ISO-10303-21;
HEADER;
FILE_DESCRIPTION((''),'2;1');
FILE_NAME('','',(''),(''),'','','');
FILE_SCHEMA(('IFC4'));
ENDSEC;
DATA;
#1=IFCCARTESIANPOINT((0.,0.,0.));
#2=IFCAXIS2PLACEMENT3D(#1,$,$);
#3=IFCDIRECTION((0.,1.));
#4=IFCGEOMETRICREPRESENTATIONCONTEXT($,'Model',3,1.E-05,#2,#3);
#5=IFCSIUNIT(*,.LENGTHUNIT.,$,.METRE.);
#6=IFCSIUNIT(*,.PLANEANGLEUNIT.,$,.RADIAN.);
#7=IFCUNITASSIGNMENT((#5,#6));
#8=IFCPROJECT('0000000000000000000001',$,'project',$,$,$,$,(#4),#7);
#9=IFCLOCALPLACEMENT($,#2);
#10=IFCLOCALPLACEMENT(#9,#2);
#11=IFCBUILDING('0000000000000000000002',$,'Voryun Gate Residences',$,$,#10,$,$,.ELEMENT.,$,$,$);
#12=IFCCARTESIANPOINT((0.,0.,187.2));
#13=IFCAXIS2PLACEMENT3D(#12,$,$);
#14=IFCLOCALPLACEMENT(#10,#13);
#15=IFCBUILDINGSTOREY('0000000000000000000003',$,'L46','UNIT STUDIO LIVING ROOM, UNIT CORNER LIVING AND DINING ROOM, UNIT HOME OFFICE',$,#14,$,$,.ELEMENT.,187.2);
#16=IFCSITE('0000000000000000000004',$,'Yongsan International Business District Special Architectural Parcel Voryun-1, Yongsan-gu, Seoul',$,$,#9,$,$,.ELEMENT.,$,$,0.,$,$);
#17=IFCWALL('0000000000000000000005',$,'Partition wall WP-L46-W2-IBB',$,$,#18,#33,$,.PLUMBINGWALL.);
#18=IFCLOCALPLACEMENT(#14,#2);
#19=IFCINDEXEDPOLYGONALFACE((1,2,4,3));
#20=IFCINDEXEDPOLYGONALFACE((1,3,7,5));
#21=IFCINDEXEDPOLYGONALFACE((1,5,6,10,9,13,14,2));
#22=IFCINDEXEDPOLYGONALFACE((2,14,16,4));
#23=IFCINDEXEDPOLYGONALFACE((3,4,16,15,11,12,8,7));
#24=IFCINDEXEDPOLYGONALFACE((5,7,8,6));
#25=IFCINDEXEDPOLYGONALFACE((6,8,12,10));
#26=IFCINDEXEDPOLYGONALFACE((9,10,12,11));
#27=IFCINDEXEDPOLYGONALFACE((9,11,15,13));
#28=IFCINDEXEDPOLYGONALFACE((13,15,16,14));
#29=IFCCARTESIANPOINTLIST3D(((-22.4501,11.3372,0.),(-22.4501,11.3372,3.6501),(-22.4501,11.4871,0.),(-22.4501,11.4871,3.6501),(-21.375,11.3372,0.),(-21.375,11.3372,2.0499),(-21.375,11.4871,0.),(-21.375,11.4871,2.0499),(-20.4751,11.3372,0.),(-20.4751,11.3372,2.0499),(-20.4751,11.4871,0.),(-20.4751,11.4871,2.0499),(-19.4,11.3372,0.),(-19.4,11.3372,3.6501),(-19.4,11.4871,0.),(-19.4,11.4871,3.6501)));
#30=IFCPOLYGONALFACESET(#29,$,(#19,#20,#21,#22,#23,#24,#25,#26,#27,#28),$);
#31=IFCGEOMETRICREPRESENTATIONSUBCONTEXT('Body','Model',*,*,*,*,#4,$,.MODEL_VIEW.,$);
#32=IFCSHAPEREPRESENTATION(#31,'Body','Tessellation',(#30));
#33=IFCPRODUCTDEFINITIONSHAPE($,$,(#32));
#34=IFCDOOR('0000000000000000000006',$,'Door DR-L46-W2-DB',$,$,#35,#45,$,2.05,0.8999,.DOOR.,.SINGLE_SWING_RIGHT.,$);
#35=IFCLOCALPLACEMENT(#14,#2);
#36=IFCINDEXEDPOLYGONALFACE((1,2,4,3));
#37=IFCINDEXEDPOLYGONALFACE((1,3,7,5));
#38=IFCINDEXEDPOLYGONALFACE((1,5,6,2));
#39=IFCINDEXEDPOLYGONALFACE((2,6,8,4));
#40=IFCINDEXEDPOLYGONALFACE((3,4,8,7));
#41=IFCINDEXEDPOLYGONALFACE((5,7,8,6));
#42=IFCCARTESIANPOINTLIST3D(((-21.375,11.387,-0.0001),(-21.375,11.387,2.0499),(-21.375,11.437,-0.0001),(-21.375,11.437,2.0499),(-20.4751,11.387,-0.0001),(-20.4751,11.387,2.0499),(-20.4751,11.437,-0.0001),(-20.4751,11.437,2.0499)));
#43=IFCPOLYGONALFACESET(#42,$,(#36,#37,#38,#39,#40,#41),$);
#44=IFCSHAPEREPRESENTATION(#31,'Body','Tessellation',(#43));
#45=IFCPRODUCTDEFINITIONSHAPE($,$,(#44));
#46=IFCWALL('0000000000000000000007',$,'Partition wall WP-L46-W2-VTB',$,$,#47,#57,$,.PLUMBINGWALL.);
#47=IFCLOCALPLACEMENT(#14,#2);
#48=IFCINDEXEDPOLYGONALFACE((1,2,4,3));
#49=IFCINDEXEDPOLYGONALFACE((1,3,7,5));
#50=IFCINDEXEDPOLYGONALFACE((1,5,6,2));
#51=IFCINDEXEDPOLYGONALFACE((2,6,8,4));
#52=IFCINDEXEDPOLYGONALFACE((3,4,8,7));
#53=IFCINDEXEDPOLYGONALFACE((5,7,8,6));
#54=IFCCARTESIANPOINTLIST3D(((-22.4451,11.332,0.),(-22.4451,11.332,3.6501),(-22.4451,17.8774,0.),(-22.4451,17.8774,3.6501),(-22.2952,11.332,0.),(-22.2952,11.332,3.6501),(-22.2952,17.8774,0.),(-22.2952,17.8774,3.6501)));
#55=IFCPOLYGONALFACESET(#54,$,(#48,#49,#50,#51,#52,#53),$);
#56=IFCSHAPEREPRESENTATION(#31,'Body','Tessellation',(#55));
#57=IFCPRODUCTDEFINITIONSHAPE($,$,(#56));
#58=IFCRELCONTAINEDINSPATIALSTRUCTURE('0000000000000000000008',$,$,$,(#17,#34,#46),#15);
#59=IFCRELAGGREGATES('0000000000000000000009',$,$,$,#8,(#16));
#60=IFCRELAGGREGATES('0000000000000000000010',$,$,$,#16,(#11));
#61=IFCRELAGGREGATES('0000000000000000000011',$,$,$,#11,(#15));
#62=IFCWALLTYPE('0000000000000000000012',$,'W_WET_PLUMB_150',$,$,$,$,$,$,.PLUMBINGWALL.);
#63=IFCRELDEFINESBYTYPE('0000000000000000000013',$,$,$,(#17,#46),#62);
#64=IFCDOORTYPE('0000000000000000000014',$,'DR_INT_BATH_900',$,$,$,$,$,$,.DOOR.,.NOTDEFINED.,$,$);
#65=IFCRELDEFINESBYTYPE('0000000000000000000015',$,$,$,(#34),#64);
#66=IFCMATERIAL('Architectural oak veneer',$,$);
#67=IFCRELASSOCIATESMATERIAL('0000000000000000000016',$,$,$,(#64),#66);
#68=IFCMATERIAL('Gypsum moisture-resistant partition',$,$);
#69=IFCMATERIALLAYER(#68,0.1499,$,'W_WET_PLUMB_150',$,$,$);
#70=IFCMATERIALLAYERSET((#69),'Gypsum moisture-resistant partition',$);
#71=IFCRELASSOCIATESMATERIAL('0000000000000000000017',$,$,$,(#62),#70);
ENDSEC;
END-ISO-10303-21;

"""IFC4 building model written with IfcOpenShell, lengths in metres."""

from ifc_helpers import new_model, si_unit, direction, frame, frame_2d, origin, place, context, subcontext, project, spatial, rectangle, extrude, material, layer, layer_set, type_object, element, fill, save


model = new_model("IFC4")

# Units and contexts
model_context = context("Model", 3, precision=1e-05, world=origin(), true_north=direction((0.0, 1.0)))
body_context = subcontext(model_context, "Body", "Model", "MODEL_VIEW")
ifc_project = project(units=[si_unit("LENGTHUNIT", "METRE"), si_unit("PLANEANGLEUNIT", "RADIAN")], contexts=[model_context])

# Site, building, storey
site_placement = place(None, origin())
site = spatial("IfcSite", under=ifc_project, at=site_placement, Name="Yongsan International Business District Special Architectural Parcel Voryun-1, Yongsan-gu, Seoul", CompositionType="ELEMENT", RefElevation=0.0)
building_placement = place(site_placement, origin())
building = spatial("IfcBuilding", under=site, at=building_placement, Name="Voryun Gate Residences", CompositionType="ELEMENT")
storey_placement = place(building_placement, frame((0.0, 0.0, 187.2)))
storey = spatial("IfcBuildingStorey", under=building, at=storey_placement, Name="L46", Description="UNIT STUDIO LIVING ROOM, UNIT CORNER LIVING AND DINING ROOM, UNIT HOME OFFICE", CompositionType="ELEMENT", Elevation=187.2)

# Shared definitions
ifc_material_1 = material(Name="Architectural oak veneer")
door_type_1 = type_object("IfcDoorType", Name="DR_INT_BATH_900", OperationType="NOTDEFINED", PredefinedType="DOOR", material=ifc_material_1)

# Shared definitions
ifc_material_2 = material(Name="Gypsum moisture-resistant partition")
ifc_layer_1 = layer(ifc_material_2, 0.1499, Name="W_WET_PLUMB_150")
ifc_layer_set_1 = layer_set([ifc_layer_1], Name="Gypsum moisture-resistant partition")
wall_type_1 = type_object("IfcWallType", Name="W_WET_PLUMB_150", PredefinedType="PLUMBINGWALL", material=ifc_layer_set_1)

# Wall, opening, door
wall_1_placement = place(storey_placement, frame((-22.45, 11.4121, 0.0), z_axis=(0.0, 0.0, 1.0), x_axis=(1.0, 0.0, 0.0)))
wall_1 = element("IfcWall", 1, at=wall_1_placement, inside=storey, type_object=wall_type_1, Name="Partition wall WP-L46-W2-IBB", PredefinedType="PLUMBINGWALL", context=body_context, shape_type="SweptSolid", body=[
    extrude(rectangle(XDim=3.05, YDim=0.1499, at=frame_2d((1.5249, 0.0))), origin(), (0.0, 0.0, 1.0), 3.6501),
])
opening_1_placement = place(wall_1_placement, frame((1.075, 0.0, 0.0)))
opening_1 = element("IfcOpeningElement", 2, at=opening_1_placement, cuts=wall_1, PredefinedType="OPENING", context=body_context, shape_type="SweptSolid", body=[
    extrude(rectangle(XDim=0.8999, YDim=2.05, at=frame_2d((0.45, 1.0249))), frame((0.0, 0.085, 0.0), z_axis=(0.0, -1.0, 0.0), x_axis=(1.0, 0.0, 0.0)), (0.0, 0.0, 1.0), 0.1699),
])
door_1_placement = place(opening_1_placement, origin())
door_1 = element("IfcDoor", 3, at=door_1_placement, inside=storey, type_object=door_type_1, Name="Door DR-L46-W2-DB", OperationType="SINGLE_SWING_RIGHT", OverallHeight=2.05, OverallWidth=0.8999, PredefinedType="DOOR", context=body_context, shape_type="SweptSolid", body=[
    extrude(rectangle(XDim=0.8999, YDim=2.05, at=frame_2d((0.45, 1.0249))), frame((0.0, 0.0249, 0.0), z_axis=(0.0, -1.0, 0.0), x_axis=(1.0, 0.0, 0.0)), (0.0, 0.0, 1.0), 0.05),
])
fill(opening_1, door_1)

# Wall
wall_2_placement = place(storey_placement, frame((-22.3701, 11.332, 0.0), z_axis=(0.0, 0.0, 1.0), x_axis=(0.0, 1.0, 0.0)))
element("IfcWall", 4, at=wall_2_placement, inside=storey, type_object=wall_type_1, Name="Partition wall WP-L46-W2-VTB", PredefinedType="PLUMBINGWALL", context=body_context, shape_type="SweptSolid", body=[
    extrude(rectangle(XDim=6.5454, YDim=0.1499, at=frame_2d((3.2727, 0.0))), origin(), (0.0, 0.0, 1.0), 3.6501),
])

save(model, "model.ifc")
